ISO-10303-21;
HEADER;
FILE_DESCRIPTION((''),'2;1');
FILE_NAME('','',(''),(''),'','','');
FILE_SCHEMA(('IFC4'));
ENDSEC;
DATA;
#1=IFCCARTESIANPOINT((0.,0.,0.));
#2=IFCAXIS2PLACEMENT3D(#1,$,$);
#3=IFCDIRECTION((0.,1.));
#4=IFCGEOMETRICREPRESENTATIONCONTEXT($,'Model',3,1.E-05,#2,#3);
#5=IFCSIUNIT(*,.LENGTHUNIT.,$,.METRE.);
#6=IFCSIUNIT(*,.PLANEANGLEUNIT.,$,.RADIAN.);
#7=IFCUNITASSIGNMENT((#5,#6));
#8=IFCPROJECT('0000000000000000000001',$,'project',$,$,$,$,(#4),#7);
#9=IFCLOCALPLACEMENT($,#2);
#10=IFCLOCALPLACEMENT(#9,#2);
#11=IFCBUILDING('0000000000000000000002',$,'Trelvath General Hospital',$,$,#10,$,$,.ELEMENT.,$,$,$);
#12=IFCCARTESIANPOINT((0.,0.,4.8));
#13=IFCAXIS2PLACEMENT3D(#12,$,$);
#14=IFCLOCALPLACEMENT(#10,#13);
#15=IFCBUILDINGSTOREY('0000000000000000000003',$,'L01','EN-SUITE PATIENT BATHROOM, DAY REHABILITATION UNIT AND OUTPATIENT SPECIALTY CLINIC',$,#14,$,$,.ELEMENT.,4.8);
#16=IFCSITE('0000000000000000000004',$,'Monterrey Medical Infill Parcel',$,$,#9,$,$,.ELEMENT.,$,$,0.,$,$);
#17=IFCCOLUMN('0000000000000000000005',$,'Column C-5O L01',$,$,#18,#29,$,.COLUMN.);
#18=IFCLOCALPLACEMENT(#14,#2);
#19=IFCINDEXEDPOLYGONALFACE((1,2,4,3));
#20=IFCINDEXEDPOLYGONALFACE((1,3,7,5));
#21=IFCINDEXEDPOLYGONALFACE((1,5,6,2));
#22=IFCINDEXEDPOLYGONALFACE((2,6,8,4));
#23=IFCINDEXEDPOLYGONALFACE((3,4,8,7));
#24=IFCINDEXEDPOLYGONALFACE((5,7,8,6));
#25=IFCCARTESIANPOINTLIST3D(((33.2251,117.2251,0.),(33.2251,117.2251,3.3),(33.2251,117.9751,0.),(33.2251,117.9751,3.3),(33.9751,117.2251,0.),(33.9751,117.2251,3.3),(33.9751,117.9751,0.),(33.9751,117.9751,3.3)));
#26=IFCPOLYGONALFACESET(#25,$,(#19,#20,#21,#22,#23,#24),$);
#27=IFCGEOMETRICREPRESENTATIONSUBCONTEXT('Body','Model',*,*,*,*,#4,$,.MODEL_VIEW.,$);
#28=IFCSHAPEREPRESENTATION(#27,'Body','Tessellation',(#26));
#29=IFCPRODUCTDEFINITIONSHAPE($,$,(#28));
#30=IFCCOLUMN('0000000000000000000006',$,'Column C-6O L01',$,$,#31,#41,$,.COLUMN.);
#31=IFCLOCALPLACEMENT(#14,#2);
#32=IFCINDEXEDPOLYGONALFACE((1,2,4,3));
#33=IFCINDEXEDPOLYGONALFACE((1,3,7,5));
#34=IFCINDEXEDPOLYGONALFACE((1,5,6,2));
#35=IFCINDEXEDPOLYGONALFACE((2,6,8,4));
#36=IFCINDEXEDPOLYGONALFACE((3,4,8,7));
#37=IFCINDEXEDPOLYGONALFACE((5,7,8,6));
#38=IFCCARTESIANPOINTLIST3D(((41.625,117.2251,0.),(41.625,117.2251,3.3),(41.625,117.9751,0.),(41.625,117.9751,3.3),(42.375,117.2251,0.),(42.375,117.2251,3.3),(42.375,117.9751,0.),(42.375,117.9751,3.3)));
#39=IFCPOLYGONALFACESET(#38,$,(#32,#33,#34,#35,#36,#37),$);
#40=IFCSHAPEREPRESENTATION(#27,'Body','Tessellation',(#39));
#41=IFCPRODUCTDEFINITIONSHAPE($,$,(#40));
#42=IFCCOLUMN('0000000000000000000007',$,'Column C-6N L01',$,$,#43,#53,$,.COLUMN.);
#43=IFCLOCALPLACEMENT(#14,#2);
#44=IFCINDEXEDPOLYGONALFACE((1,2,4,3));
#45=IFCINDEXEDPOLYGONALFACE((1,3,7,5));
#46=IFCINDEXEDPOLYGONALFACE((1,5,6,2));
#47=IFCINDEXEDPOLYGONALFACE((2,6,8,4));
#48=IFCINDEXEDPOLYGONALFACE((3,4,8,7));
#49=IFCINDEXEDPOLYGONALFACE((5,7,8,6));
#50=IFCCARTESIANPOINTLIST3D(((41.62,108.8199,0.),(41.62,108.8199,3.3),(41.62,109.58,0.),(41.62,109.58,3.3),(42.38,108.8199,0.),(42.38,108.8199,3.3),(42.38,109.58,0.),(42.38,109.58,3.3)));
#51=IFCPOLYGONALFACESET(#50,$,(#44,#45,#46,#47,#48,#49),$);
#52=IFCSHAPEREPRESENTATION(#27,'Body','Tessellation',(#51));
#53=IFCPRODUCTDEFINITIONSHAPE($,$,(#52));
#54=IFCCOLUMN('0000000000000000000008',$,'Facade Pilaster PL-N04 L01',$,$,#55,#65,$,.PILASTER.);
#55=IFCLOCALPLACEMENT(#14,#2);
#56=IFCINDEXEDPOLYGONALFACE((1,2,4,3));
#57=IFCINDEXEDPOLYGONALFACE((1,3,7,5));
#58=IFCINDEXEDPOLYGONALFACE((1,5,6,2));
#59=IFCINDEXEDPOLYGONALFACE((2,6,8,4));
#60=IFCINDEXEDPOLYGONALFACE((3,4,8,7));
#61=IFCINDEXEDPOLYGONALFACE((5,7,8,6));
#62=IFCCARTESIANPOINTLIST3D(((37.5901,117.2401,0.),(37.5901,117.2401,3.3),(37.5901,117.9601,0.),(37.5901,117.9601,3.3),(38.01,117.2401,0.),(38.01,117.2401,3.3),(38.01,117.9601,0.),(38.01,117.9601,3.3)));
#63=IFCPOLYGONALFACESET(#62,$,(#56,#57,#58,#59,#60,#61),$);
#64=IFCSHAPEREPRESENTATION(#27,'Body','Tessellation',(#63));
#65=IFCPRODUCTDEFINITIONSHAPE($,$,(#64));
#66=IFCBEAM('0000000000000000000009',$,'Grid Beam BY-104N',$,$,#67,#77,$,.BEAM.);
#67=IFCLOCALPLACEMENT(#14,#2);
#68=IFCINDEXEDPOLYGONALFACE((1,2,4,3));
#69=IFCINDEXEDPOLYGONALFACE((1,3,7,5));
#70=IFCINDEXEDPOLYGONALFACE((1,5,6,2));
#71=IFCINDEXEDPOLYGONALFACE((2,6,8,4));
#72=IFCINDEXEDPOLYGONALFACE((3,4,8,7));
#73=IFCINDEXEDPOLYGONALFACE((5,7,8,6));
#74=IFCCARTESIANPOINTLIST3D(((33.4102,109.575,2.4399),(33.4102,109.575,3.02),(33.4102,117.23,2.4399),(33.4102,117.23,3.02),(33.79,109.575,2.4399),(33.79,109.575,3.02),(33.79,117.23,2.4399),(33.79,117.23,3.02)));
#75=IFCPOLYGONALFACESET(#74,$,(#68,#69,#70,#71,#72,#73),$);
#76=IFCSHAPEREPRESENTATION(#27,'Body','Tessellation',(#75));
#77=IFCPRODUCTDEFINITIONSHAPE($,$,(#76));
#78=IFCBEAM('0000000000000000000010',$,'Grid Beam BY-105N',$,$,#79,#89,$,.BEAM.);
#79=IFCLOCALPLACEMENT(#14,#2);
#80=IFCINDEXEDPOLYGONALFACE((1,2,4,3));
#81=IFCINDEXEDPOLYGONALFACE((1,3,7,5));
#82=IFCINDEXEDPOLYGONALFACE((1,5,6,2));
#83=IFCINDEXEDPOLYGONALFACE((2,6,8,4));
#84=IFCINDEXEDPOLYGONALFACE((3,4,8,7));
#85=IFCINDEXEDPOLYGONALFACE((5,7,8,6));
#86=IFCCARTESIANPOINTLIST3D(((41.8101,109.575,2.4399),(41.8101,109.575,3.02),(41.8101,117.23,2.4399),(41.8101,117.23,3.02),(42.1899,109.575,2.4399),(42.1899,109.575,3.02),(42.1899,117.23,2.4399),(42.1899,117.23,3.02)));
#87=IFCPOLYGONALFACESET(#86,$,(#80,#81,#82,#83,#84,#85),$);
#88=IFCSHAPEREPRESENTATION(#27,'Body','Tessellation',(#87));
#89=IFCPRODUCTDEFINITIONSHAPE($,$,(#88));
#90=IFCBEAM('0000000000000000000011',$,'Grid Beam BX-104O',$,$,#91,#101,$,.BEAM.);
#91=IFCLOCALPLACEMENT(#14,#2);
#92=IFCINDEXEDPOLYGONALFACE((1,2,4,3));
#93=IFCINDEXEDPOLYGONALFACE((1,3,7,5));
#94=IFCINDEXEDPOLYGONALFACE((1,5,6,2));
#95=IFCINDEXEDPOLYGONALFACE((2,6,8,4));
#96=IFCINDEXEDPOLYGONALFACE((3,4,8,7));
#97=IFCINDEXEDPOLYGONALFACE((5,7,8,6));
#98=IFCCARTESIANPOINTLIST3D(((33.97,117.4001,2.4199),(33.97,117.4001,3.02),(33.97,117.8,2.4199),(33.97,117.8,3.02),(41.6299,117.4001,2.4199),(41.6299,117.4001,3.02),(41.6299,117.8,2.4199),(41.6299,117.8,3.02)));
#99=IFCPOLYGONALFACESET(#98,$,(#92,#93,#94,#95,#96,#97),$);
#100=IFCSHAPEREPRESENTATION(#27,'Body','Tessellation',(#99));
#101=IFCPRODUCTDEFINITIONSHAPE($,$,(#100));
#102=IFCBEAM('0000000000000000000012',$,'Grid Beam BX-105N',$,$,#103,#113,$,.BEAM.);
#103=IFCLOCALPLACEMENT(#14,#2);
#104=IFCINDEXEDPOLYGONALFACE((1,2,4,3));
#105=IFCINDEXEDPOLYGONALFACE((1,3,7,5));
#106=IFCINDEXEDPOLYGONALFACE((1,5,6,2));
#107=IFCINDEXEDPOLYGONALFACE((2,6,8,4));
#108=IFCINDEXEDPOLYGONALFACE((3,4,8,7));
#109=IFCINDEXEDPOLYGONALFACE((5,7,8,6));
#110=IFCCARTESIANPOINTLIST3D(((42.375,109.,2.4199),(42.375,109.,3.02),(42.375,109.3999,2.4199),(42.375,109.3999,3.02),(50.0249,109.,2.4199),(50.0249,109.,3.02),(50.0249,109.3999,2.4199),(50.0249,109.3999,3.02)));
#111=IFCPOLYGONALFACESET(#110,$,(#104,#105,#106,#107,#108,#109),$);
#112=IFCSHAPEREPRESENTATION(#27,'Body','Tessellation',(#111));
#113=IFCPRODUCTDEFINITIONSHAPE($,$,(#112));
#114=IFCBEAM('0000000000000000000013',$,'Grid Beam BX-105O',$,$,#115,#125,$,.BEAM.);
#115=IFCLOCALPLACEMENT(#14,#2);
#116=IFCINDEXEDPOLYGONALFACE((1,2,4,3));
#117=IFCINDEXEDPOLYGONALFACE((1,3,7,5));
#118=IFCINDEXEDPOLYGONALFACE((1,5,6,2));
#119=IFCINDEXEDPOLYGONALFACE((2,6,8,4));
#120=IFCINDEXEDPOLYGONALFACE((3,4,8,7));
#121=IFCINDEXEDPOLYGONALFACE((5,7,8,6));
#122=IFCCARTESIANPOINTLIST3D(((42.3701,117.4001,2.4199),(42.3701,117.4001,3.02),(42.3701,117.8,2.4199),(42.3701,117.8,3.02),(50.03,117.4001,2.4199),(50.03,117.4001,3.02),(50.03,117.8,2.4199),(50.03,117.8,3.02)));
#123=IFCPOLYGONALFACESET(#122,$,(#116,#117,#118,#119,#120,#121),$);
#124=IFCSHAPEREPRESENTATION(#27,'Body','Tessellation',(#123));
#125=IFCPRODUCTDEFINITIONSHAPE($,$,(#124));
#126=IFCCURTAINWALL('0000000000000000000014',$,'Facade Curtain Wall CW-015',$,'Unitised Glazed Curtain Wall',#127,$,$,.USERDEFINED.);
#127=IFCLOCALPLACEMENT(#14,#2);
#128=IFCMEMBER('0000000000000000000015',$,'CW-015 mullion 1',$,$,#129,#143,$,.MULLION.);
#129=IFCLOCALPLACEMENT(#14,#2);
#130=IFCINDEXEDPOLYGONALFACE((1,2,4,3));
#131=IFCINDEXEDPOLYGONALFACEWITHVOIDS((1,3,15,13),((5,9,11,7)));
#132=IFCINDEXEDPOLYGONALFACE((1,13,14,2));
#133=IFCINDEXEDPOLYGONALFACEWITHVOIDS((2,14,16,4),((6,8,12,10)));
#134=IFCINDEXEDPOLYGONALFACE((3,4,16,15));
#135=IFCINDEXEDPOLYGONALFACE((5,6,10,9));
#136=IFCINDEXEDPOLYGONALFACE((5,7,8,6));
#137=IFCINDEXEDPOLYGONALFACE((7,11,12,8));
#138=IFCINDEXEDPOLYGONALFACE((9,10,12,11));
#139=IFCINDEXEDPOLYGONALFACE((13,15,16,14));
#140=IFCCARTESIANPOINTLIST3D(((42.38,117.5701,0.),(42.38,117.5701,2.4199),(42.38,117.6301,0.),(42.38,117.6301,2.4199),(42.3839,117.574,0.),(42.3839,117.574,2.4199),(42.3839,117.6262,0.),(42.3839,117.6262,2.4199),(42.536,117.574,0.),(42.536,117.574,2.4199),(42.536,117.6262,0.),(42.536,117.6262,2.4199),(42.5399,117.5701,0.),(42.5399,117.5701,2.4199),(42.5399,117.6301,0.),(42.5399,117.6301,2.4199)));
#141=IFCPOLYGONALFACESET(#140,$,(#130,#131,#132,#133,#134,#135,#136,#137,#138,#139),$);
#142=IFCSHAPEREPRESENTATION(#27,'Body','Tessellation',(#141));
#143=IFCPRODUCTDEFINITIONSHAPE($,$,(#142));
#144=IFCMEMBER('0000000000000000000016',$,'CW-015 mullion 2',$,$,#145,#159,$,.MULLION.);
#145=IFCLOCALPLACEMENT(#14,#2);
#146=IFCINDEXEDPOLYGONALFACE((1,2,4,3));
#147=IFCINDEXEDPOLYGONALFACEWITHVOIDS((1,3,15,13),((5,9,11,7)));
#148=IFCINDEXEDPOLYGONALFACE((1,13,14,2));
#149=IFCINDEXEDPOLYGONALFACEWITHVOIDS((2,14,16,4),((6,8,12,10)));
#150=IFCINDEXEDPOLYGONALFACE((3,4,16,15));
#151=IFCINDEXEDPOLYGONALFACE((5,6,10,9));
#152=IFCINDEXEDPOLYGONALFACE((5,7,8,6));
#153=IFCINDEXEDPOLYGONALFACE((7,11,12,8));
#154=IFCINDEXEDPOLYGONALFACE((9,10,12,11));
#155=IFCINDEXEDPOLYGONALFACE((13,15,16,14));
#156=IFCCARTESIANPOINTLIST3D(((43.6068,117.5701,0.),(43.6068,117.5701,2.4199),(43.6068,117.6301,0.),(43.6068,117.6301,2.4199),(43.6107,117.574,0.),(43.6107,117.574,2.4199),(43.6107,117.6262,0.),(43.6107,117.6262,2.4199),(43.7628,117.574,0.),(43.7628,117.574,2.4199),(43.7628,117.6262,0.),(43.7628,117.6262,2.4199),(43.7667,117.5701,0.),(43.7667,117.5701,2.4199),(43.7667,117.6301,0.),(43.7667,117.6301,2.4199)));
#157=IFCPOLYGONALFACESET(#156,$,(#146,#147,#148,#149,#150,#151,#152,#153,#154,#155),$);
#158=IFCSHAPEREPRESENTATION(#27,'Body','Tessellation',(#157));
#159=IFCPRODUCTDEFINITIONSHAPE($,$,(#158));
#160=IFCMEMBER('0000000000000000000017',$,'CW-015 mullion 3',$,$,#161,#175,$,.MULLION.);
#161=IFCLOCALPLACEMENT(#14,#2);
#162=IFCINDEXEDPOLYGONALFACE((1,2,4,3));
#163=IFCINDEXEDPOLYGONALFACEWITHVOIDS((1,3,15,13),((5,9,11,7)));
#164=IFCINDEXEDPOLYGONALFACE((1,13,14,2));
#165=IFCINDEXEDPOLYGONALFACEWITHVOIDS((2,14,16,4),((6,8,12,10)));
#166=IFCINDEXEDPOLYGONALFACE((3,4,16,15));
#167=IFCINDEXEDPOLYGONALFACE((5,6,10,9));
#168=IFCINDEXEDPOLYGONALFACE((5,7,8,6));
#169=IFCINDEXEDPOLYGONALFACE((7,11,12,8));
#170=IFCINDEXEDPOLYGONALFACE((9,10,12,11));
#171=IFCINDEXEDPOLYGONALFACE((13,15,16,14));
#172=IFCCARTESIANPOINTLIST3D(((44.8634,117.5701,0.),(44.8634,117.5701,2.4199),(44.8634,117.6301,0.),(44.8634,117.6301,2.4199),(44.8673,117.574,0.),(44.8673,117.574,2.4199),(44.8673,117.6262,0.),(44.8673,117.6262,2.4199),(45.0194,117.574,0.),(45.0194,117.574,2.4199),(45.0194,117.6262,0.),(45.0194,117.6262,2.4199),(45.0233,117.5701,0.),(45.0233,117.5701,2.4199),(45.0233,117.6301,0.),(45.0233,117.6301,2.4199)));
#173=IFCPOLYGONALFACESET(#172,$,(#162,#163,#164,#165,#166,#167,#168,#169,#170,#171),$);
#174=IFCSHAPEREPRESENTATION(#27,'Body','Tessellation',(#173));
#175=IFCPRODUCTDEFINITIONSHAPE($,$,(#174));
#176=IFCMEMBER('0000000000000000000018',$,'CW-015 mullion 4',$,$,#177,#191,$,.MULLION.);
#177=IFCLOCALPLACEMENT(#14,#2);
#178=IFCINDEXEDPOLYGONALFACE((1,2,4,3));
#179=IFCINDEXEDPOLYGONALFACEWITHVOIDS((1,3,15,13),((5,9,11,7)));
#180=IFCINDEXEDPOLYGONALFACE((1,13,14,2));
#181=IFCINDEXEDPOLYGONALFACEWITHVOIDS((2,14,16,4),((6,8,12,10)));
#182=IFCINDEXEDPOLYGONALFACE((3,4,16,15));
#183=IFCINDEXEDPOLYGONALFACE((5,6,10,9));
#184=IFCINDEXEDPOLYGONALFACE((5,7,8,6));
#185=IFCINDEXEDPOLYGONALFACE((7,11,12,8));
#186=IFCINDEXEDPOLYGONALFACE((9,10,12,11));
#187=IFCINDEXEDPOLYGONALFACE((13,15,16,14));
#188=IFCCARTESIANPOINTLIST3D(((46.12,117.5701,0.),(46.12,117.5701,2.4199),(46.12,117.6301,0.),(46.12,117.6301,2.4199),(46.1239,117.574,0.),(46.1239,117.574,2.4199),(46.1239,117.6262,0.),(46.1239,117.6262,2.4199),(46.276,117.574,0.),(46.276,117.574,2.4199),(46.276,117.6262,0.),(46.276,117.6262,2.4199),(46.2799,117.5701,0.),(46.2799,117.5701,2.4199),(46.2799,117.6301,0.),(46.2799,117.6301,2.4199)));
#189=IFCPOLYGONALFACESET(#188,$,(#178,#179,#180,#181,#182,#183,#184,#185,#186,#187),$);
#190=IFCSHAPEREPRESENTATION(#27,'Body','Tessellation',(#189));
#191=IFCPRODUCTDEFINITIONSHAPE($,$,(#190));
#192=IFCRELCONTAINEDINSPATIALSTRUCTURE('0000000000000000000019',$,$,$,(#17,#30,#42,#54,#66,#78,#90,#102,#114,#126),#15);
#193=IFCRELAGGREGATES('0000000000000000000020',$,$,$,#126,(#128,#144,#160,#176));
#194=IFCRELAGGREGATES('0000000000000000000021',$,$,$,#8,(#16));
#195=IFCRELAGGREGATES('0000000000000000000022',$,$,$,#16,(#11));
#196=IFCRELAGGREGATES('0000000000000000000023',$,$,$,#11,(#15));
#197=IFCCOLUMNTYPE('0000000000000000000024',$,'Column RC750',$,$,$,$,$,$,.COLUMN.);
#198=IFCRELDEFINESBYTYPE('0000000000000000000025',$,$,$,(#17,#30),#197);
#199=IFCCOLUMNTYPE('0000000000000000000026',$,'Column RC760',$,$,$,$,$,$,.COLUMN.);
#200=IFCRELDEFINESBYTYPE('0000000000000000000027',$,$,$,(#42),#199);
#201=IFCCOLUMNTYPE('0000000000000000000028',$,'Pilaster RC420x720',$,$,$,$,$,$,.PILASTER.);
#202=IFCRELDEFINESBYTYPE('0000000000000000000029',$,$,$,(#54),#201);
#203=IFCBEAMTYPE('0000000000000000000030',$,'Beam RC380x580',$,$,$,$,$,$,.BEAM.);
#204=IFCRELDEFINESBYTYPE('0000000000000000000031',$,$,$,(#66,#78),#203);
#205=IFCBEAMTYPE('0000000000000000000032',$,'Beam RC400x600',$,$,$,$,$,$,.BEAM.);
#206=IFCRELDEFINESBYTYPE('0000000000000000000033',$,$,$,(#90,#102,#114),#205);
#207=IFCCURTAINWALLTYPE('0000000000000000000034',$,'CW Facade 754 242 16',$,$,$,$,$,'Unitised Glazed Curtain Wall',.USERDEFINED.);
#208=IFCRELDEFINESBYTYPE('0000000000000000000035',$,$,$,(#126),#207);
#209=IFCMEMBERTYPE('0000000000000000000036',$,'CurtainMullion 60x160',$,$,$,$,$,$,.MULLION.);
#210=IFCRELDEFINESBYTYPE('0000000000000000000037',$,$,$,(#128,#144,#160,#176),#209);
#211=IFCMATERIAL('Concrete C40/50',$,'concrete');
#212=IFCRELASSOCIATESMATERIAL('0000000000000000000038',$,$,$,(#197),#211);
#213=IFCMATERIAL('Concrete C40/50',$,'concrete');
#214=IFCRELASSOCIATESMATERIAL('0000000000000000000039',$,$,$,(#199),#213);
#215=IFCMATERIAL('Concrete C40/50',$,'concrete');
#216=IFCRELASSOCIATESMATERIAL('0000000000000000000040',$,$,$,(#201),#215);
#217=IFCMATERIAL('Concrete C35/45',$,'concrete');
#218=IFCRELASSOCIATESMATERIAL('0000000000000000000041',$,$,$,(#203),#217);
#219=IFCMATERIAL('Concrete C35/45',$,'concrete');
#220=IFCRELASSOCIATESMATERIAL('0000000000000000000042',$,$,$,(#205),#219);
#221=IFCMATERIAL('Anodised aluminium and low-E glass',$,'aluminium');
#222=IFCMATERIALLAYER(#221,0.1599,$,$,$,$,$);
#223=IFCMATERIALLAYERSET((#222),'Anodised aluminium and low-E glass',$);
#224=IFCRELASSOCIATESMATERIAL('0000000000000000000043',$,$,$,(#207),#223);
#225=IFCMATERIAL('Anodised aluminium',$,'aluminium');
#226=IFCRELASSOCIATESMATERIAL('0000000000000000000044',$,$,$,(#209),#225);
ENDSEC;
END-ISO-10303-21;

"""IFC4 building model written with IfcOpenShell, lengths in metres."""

from ifc_helpers import new_model, si_unit, direction, frame, origin, origin_2d, place, context, subcontext, project, spatial, rectangle, hollow_rectangle, extrude, material, layer, layer_set, material_profile, profile_set, type_object, element, aggregate, save


model = new_model("IFC4")

# Units and contexts
model_context = context("Model", 3, precision=1e-05, world=origin(), true_north=direction((0.0, 1.0)))
body_context = subcontext(model_context, "Body", "Model", "MODEL_VIEW")
ifc_project = project(units=[si_unit("LENGTHUNIT", "METRE"), si_unit("PLANEANGLEUNIT", "RADIAN")], contexts=[model_context])

# Site, building, storey
site_placement = place(None, origin())
site = spatial("IfcSite", under=ifc_project, at=site_placement, Name="Monterrey Medical Infill Parcel", CompositionType="ELEMENT", RefElevation=0.0)
building_placement = place(site_placement, origin())
building = spatial("IfcBuilding", under=site, at=building_placement, Name="Trelvath General Hospital", CompositionType="ELEMENT")
storey_placement = place(building_placement, frame((0.0, 0.0, 4.8)))
storey = spatial("IfcBuildingStorey", under=building, at=storey_placement, Name="L01", Description="EN-SUITE PATIENT BATHROOM, DAY REHABILITATION UNIT AND OUTPATIENT SPECIALTY CLINIC", CompositionType="ELEMENT", Elevation=4.8)

# Columns
ifc_material_1 = material(Name="Concrete C40/50", Category="concrete")
ifc_material_profile_1 = material_profile(ifc_material_1, rectangle(XDim=0.75, YDim=0.75, at=origin_2d()), Name="RC750x750")
ifc_profile_set_1 = profile_set([ifc_material_profile_1], Name="Concrete C40/50")
column_type_1 = type_object("IfcColumnType", Name="Column RC750", PredefinedType="COLUMN", material=ifc_profile_set_1)
for number, where, z_axis, x_axis, name in (
    (1, (33.6001, 117.6001, 0.0), (0.0, 0.0, 1.0), (1.0, 0.0, 0.0), "Column C-5O L01"),
    (2, (42.0, 117.6001, 0.0), (0.0, 0.0, 1.0), (1.0, 0.0, 0.0), "Column C-6O L01"),
):
    element("IfcColumn", number, at=place(storey_placement, frame(where, z_axis=z_axis, x_axis=x_axis)), inside=storey, type_object=column_type_1, Name=name, PredefinedType="COLUMN", context=body_context, shape_type="SweptSolid", body=[
        extrude(rectangle(XDim=0.75, YDim=0.75, at=origin_2d()), origin(), (0.0, 0.0, 1.0), 3.3),
    ])
ifc_material_2 = material(Name="Concrete C40/50", Category="concrete")
ifc_material_profile_2 = material_profile(ifc_material_2, rectangle(XDim=0.76, YDim=0.76, at=origin_2d()), Name="RC760x760")
ifc_profile_set_2 = profile_set([ifc_material_profile_2], Name="Concrete C40/50")
column_type_2 = type_object("IfcColumnType", Name="Column RC760", PredefinedType="COLUMN", material=ifc_profile_set_2)
column_1_placement = place(storey_placement, frame((42.0, 109.2, 0.0), z_axis=(0.0, 0.0, 1.0), x_axis=(1.0, 0.0, 0.0)))
element("IfcColumn", 3, at=column_1_placement, inside=storey, type_object=column_type_2, Name="Column C-6N L01", PredefinedType="COLUMN", context=body_context, shape_type="SweptSolid", body=[
    extrude(rectangle(XDim=0.76, YDim=0.76, at=origin_2d()), origin(), (0.0, 0.0, 1.0), 3.3),
])
ifc_material_3 = material(Name="Concrete C40/50", Category="concrete")
ifc_material_profile_3 = material_profile(ifc_material_3, rectangle(XDim=0.4199, YDim=0.72, at=origin_2d()), Name="RC420x720")
ifc_profile_set_3 = profile_set([ifc_material_profile_3], Name="Concrete C40/50")
column_type_3 = type_object("IfcColumnType", Name="Pilaster RC420x720", PredefinedType="PILASTER", material=ifc_profile_set_3)
column_2_placement = place(storey_placement, frame((37.8, 117.6001, 0.0), z_axis=(0.0, 0.0, 1.0), x_axis=(1.0, 0.0, 0.0)))
element("IfcColumn", 4, at=column_2_placement, inside=storey, type_object=column_type_3, Name="Facade Pilaster PL-N04 L01", PredefinedType="PILASTER", context=body_context, shape_type="SweptSolid", body=[
    extrude(rectangle(XDim=0.4199, YDim=0.72, at=origin_2d()), origin(), (0.0, 0.0, 1.0), 3.3),
])

# Beams
ifc_material_4 = material(Name="Concrete C35/45", Category="concrete")
ifc_material_profile_4 = material_profile(ifc_material_4, rectangle(XDim=0.3799, YDim=0.5801, at=origin_2d()), Name="RCB380x580")
ifc_profile_set_4 = profile_set([ifc_material_profile_4], Name="Concrete C35/45")
beam_type_1 = type_object("IfcBeamType", Name="Beam RC380x580", PredefinedType="BEAM", material=ifc_profile_set_4)
for number, where, z_axis, x_axis, name in (
    (5, (33.6001, 109.575, 2.73), (0.0, 1.0, 0.0), (-1.0, 0.0, 0.0), "Grid Beam BY-104N"),
    (6, (42.0, 109.575, 2.73), (0.0, 1.0, 0.0), (-1.0, 0.0, 0.0), "Grid Beam BY-105N"),
):
    element("IfcBeam", number, at=place(storey_placement, frame(where, z_axis=z_axis, x_axis=x_axis)), inside=storey, type_object=beam_type_1, Name=name, PredefinedType="BEAM", context=body_context, shape_type="SweptSolid", body=[
        extrude(rectangle(XDim=0.3799, YDim=0.5801, at=origin_2d()), origin(), (0.0, 0.0, 1.0), 7.655),
    ])
ifc_material_5 = material(Name="Concrete C35/45", Category="concrete")
ifc_material_profile_5 = material_profile(ifc_material_5, rectangle(XDim=0.3999, YDim=0.6001, at=origin_2d()), Name="RCB400x600")
ifc_profile_set_5 = profile_set([ifc_material_profile_5], Name="Concrete C35/45")
beam_type_2 = type_object("IfcBeamType", Name="Beam RC400x600", PredefinedType="BEAM", material=ifc_profile_set_5)
beam_1_placement = place(storey_placement, frame((33.97, 117.6001, 2.72), z_axis=(1.0, 0.0, 0.0), x_axis=(0.0, 1.0, 0.0)))
element("IfcBeam", 7, at=beam_1_placement, inside=storey, type_object=beam_type_2, Name="Grid Beam BX-104O", PredefinedType="BEAM", context=body_context, shape_type="SweptSolid", body=[
    extrude(rectangle(XDim=0.3999, YDim=0.6001, at=origin_2d()), origin(), (0.0, 0.0, 1.0), 7.6599),
])
beam_2_placement = place(storey_placement, frame((42.375, 109.2, 2.72), z_axis=(1.0, 0.0, 0.0), x_axis=(0.0, 1.0, 0.0)))
element("IfcBeam", 8, at=beam_2_placement, inside=storey, type_object=beam_type_2, Name="Grid Beam BX-105N", PredefinedType="BEAM", context=body_context, shape_type="SweptSolid", body=[
    extrude(rectangle(XDim=0.3999, YDim=0.6001, at=origin_2d()), origin(), (0.0, 0.0, 1.0), 7.6499),
])
beam_3_placement = place(storey_placement, frame((42.3701, 117.6001, 2.72), z_axis=(1.0, 0.0, 0.0), x_axis=(0.0, 1.0, 0.0)))
element("IfcBeam", 9, at=beam_3_placement, inside=storey, type_object=beam_type_2, Name="Grid Beam BX-105O", PredefinedType="BEAM", context=body_context, shape_type="SweptSolid", body=[
    extrude(rectangle(XDim=0.3999, YDim=0.6001, at=origin_2d()), origin(), (0.0, 0.0, 1.0), 7.6599),
])

# Curtain wall, members
ifc_material_6 = material(Name="Anodised aluminium and low-E glass", Category="aluminium")
ifc_layer_1 = layer(ifc_material_6, 0.1599)
ifc_layer_set_1 = layer_set([ifc_layer_1], Name="Anodised aluminium and low-E glass")
curtain_wall_type = type_object("IfcCurtainWallType", Name="CW Facade 754 242 16", ElementType="Unitised Glazed Curtain Wall", PredefinedType="USERDEFINED", material=ifc_layer_set_1)
curtain_wall_placement = place(storey_placement, origin())
curtain_wall = element("IfcCurtainWall", 10, at=curtain_wall_placement, inside=storey, type_object=curtain_wall_type, Name="Facade Curtain Wall CW-015", ObjectType="Unitised Glazed Curtain Wall", PredefinedType="USERDEFINED")
ifc_material_7 = material(Name="Anodised aluminium", Category="aluminium")
ifc_material_profile_6 = material_profile(ifc_material_7, hollow_rectangle(XDim=0.0601, YDim=0.1599, WallThickness=0.0039, at=origin_2d()), Name="RHS60x160x4")
ifc_profile_set_6 = profile_set([ifc_material_profile_6], Name="Anodised aluminium")
member_type_1 = type_object("IfcMemberType", Name="CurtainMullion 60x160", PredefinedType="MULLION", material=ifc_profile_set_6)
member_1_placement = place(storey_placement, frame((42.46, 117.6001, 0.0), z_axis=(0.0, 0.0, 1.0), x_axis=(0.0, 1.0, 0.0)))
member_1 = element("IfcMember", 11, at=member_1_placement, type_object=member_type_1, Name="CW-015 mullion 1", PredefinedType="MULLION", context=body_context, shape_type="SweptSolid", body=[
    extrude(hollow_rectangle(XDim=0.0601, YDim=0.1599, WallThickness=0.0039, at=origin_2d()), origin(), (0.0, 0.0, 1.0), 2.4199),
])
member_2_placement = place(storey_placement, frame((43.6868, 117.6001, 0.0), z_axis=(0.0, 0.0, 1.0), x_axis=(0.0, 1.0, 0.0)))
member_2 = element("IfcMember", 12, at=member_2_placement, type_object=member_type_1, Name="CW-015 mullion 2", PredefinedType="MULLION", context=body_context, shape_type="SweptSolid", body=[
    extrude(hollow_rectangle(XDim=0.0601, YDim=0.1599, WallThickness=0.0039, at=origin_2d()), origin(), (0.0, 0.0, 1.0), 2.4199),
])
member_3_placement = place(storey_placement, frame((44.9434, 117.6001, 0.0), z_axis=(0.0, 0.0, 1.0), x_axis=(0.0, 1.0, 0.0)))
member_3 = element("IfcMember", 13, at=member_3_placement, type_object=member_type_1, Name="CW-015 mullion 3", PredefinedType="MULLION", context=body_context, shape_type="SweptSolid", body=[
    extrude(hollow_rectangle(XDim=0.0601, YDim=0.1599, WallThickness=0.0039, at=origin_2d()), origin(), (0.0, 0.0, 1.0), 2.4199),
])
member_4_placement = place(storey_placement, frame((46.2, 117.6001, 0.0), z_axis=(0.0, 0.0, 1.0), x_axis=(0.0, 1.0, 0.0)))
member_4 = element("IfcMember", 14, at=member_4_placement, type_object=member_type_1, Name="CW-015 mullion 4", PredefinedType="MULLION", context=body_context, shape_type="SweptSolid", body=[
    extrude(hollow_rectangle(XDim=0.0601, YDim=0.1599, WallThickness=0.0039, at=origin_2d()), origin(), (0.0, 0.0, 1.0), 2.4199),
])
aggregate(curtain_wall, [member_1, member_2, member_3, member_4])

save(model, "model.ifc")
